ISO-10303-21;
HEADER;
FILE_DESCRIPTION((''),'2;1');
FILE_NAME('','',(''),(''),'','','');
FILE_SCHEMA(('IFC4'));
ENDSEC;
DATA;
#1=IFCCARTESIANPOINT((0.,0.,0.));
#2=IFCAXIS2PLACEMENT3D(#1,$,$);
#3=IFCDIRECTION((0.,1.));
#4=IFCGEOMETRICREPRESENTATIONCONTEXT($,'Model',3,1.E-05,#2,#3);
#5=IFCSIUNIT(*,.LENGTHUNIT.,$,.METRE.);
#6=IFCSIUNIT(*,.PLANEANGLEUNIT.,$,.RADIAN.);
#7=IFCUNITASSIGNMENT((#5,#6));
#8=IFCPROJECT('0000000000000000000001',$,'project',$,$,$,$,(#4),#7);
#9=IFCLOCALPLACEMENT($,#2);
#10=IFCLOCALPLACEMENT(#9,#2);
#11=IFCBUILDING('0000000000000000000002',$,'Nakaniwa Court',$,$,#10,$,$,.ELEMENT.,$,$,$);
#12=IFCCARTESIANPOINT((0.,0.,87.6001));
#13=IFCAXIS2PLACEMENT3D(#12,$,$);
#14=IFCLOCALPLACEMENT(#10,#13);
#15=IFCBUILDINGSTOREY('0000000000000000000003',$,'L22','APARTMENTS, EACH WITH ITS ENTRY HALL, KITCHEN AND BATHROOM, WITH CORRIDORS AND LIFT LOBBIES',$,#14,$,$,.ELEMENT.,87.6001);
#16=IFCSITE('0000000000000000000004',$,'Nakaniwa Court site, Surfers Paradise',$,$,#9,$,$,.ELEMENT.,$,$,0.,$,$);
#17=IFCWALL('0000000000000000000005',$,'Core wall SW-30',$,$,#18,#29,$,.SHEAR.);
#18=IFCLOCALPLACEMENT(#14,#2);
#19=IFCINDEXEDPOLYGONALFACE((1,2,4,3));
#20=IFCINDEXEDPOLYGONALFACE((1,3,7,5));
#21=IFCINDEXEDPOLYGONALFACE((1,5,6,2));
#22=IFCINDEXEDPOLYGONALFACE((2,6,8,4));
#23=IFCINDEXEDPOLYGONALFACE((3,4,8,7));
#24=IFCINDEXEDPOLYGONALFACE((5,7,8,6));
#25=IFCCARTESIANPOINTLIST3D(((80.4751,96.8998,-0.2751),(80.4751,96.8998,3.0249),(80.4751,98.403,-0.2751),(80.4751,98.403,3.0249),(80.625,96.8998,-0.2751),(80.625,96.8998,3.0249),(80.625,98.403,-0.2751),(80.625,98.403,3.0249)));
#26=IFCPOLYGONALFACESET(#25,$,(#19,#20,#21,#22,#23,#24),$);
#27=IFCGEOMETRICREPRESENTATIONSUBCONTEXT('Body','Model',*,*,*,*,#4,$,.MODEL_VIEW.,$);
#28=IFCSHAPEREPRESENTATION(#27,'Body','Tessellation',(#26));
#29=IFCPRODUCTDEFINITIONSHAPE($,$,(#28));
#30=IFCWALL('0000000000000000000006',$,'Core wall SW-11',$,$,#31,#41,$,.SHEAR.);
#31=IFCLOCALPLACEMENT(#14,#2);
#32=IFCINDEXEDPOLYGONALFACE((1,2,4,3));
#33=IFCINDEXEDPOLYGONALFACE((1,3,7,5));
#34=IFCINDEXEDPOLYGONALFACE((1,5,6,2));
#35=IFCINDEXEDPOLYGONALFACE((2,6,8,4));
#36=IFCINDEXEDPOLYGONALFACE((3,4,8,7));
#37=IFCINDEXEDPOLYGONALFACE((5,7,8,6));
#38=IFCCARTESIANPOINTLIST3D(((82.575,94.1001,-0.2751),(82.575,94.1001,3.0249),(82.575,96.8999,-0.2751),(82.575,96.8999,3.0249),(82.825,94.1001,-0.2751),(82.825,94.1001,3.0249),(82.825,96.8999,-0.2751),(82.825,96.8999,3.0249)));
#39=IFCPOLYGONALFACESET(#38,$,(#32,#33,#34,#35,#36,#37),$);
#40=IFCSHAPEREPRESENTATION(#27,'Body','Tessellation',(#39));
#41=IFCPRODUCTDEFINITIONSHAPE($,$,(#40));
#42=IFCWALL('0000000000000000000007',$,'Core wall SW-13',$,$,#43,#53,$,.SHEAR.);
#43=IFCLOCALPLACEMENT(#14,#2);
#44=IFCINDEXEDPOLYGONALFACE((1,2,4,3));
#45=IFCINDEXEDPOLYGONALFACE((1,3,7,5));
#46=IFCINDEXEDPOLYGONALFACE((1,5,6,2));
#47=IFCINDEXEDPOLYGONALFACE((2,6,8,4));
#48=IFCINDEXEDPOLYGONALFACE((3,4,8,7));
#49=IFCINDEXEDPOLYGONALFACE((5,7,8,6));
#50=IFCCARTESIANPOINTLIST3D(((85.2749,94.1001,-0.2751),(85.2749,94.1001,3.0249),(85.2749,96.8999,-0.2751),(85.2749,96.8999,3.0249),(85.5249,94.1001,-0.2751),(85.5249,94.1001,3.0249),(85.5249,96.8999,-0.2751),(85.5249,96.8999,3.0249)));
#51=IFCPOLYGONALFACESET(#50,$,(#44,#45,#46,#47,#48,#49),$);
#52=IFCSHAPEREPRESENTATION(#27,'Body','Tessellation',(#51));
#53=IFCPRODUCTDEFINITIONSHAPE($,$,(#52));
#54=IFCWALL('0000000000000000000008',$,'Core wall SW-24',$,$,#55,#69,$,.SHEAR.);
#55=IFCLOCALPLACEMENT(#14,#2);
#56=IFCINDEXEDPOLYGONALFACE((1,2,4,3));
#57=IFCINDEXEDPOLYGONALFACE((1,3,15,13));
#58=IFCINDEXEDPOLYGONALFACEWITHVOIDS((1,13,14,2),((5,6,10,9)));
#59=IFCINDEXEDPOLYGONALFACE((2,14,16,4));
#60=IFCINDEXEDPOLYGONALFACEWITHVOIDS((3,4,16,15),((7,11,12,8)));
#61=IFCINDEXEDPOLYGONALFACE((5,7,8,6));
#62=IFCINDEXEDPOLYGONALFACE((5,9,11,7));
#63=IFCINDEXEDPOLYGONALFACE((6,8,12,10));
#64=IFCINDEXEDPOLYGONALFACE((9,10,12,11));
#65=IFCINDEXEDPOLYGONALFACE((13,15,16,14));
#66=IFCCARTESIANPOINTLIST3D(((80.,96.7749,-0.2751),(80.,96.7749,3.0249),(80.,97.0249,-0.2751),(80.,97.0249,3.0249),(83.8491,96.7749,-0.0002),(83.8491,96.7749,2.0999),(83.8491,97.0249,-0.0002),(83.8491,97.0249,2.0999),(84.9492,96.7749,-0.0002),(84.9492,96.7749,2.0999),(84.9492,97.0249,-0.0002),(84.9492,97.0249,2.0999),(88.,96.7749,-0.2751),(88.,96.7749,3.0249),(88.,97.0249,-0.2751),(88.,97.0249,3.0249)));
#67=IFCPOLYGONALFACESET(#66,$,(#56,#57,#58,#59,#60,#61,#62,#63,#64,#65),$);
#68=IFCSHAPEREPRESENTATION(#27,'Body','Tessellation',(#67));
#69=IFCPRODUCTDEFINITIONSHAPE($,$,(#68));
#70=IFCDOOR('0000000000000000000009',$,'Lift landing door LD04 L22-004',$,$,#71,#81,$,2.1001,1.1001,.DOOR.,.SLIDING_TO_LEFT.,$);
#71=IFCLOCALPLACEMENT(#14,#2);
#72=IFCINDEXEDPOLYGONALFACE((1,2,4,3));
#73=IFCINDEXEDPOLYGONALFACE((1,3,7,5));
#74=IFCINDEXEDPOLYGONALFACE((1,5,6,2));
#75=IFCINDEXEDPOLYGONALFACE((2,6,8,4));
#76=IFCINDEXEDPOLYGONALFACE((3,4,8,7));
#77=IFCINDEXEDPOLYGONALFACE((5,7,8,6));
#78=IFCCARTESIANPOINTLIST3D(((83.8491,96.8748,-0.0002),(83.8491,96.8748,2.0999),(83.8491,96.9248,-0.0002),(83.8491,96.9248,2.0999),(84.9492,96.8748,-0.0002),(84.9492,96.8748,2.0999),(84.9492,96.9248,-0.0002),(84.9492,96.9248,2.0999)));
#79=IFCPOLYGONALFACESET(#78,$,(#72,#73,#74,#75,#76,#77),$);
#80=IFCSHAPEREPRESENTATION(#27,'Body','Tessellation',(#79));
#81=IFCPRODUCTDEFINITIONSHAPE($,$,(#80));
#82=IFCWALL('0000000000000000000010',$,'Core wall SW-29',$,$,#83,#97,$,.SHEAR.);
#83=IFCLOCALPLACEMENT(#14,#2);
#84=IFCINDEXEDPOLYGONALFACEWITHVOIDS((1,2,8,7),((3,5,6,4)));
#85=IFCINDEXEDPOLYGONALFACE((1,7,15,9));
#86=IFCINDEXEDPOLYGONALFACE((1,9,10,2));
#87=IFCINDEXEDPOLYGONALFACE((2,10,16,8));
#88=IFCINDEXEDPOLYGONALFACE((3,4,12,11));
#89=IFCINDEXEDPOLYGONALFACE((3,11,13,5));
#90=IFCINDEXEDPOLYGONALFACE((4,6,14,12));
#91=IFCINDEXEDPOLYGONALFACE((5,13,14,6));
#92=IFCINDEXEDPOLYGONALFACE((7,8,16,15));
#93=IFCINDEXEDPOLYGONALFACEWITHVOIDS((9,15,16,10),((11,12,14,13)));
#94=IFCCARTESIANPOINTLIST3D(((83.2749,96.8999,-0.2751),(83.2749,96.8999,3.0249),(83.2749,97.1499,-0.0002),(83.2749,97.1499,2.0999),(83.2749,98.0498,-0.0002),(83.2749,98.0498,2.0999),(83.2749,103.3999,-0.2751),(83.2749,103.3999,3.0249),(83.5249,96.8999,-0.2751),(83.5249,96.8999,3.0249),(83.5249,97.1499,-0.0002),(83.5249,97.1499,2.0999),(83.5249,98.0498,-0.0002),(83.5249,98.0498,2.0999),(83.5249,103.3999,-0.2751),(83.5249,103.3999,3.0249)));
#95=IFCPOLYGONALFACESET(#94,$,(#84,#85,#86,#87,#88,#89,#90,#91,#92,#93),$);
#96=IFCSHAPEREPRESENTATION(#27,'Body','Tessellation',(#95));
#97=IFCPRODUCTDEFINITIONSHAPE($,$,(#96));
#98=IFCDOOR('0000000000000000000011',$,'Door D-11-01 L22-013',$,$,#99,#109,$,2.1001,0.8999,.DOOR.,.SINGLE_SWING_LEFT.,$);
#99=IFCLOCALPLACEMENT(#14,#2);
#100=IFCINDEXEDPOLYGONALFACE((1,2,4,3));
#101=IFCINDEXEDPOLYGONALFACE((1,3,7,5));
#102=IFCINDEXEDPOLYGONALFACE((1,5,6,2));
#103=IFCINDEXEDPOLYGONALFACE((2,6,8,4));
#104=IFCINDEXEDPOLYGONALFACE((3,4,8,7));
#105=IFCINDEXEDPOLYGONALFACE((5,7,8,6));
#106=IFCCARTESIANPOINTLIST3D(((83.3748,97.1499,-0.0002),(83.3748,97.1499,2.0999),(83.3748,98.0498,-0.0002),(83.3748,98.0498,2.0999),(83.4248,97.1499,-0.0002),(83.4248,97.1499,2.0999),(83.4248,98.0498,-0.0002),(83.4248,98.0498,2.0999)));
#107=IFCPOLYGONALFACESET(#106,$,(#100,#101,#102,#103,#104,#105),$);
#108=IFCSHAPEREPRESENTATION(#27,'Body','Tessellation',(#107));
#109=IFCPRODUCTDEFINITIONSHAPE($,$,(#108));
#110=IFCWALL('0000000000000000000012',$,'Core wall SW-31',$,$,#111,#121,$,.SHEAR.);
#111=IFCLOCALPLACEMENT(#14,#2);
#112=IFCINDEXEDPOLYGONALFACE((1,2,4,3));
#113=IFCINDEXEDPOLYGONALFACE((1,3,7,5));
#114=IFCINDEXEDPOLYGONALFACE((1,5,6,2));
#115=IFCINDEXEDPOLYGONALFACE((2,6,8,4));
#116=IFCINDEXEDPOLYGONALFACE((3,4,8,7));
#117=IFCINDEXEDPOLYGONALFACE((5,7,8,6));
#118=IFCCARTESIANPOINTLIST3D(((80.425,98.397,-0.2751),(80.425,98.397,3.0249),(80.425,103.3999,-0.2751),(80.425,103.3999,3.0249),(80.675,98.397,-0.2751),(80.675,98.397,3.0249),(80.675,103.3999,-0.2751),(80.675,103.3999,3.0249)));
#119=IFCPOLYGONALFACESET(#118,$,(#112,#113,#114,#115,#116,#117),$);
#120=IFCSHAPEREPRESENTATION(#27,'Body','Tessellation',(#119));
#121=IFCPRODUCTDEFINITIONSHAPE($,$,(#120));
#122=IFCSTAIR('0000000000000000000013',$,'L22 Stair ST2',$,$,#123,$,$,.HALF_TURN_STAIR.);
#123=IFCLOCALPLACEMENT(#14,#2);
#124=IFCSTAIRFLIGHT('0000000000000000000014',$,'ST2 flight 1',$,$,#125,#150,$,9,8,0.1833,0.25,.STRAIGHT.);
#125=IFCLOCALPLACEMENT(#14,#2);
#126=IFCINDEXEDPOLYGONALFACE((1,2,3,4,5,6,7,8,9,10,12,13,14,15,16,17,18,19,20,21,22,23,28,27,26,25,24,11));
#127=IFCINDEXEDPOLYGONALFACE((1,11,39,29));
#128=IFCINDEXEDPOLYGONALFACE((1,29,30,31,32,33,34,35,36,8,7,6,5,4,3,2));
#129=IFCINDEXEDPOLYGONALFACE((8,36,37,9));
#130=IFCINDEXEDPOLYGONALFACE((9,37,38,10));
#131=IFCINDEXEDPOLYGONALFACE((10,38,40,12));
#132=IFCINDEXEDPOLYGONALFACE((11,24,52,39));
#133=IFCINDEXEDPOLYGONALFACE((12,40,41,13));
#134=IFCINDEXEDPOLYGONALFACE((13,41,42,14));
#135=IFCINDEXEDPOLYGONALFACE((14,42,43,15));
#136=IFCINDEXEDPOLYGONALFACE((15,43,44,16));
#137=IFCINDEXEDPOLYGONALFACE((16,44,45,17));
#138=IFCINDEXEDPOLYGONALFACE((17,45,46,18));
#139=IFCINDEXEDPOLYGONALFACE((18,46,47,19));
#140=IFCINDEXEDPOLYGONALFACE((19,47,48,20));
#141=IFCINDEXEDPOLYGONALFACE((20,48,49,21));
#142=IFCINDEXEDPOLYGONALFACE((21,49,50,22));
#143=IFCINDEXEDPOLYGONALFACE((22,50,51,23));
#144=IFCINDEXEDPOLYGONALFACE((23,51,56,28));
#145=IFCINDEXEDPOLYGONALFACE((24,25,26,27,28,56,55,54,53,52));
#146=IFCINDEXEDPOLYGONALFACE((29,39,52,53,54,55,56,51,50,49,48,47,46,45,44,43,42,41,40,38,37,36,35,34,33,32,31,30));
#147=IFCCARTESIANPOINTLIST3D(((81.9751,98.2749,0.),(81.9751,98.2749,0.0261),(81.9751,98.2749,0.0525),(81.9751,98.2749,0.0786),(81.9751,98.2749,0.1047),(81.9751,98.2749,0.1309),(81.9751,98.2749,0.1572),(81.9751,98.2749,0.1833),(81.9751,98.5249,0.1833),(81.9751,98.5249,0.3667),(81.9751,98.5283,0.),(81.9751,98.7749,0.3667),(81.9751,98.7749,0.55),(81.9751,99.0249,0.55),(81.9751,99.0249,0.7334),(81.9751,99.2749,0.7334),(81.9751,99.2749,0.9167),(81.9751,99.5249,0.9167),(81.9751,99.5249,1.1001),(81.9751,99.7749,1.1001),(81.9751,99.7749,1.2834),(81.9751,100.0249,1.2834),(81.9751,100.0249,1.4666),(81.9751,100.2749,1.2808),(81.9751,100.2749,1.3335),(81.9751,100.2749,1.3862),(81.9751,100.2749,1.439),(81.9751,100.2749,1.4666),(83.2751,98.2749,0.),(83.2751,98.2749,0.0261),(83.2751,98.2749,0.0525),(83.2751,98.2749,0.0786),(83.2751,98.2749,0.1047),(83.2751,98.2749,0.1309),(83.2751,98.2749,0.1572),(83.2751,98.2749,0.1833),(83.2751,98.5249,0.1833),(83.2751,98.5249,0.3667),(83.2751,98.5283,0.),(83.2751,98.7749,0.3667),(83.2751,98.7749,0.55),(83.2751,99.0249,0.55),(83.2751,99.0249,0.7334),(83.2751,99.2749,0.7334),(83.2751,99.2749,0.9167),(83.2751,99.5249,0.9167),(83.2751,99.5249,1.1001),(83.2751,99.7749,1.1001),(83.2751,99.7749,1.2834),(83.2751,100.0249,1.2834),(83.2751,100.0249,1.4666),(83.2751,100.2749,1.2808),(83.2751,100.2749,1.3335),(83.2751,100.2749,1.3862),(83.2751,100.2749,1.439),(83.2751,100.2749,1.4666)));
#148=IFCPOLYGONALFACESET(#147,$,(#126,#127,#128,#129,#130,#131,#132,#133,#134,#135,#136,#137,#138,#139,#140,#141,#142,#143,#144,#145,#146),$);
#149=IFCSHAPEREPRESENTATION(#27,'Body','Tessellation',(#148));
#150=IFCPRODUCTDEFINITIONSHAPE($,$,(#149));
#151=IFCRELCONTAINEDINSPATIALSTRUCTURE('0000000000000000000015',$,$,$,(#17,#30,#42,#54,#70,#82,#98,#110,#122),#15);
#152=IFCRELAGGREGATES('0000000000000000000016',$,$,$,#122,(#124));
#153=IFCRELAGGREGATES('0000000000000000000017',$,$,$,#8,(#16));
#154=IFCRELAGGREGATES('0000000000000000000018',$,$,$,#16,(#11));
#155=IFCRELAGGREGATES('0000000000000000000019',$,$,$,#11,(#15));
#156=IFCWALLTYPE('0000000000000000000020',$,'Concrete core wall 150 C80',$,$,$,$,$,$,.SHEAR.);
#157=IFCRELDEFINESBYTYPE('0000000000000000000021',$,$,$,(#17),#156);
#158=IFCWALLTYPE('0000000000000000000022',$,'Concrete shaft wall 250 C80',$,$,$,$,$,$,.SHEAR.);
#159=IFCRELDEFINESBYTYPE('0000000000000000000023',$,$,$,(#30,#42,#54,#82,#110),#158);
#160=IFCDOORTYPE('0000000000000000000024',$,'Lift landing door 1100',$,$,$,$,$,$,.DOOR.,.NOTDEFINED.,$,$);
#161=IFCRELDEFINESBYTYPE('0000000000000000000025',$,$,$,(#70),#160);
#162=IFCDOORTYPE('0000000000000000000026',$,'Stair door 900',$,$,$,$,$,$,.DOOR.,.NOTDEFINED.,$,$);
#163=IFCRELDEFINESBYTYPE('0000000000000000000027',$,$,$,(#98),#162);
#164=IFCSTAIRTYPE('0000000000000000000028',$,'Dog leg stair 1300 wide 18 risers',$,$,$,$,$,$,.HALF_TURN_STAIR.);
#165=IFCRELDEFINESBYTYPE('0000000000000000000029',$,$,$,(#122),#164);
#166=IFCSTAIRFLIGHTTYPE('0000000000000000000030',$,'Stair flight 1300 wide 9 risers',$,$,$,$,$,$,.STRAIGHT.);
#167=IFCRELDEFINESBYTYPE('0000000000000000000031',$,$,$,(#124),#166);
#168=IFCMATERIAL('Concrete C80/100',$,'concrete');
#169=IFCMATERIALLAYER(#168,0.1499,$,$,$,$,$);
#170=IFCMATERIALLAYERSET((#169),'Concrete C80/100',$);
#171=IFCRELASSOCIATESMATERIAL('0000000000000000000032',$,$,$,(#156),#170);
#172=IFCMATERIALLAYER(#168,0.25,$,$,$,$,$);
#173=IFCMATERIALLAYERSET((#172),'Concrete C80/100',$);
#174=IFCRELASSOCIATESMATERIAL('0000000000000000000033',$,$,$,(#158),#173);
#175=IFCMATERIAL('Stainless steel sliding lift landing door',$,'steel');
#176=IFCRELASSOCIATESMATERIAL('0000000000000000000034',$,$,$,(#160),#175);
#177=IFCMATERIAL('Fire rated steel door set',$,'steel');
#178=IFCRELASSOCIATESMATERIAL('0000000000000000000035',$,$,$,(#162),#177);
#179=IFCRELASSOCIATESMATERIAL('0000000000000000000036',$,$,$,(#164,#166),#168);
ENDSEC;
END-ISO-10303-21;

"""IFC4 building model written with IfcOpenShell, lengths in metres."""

from ifc_helpers import new_model, si_unit, direction, frame, frame_2d, origin, place, context, subcontext, project, spatial, polyline, rectangle, outline, extrude, material, layer, layer_set, type_object, element, fill, aggregate, save


model = new_model("IFC4")

# Units and contexts
model_context = context("Model", 3, precision=1e-05, world=origin(), true_north=direction((0.0, 1.0)))
body_context = subcontext(model_context, "Body", "Model", "MODEL_VIEW")
ifc_project = project(units=[si_unit("LENGTHUNIT", "METRE"), si_unit("PLANEANGLEUNIT", "RADIAN")], contexts=[model_context])

# Site, building, storey
site_placement = place(None, origin())
site = spatial("IfcSite", under=ifc_project, at=site_placement, Name="Nakaniwa Court site, Surfers Paradise", CompositionType="ELEMENT", RefElevation=0.0)
building_placement = place(site_placement, origin())
building = spatial("IfcBuilding", under=site, at=building_placement, Name="Nakaniwa Court", CompositionType="ELEMENT")
storey_placement = place(building_placement, frame((0.0, 0.0, 87.6001)))
storey = spatial("IfcBuildingStorey", under=building, at=storey_placement, Name="L22", Description="APARTMENTS, EACH WITH ITS ENTRY HALL, KITCHEN AND BATHROOM, WITH CORRIDORS AND LIFT LOBBIES", CompositionType="ELEMENT", Elevation=87.6001)

# Shared definitions
ifc_material_1 = material(Name="Concrete C80/100", Category="concrete")

# Shared definitions
ifc_material_2 = material(Name="Fire rated steel door set", Category="steel")

# Walls
ifc_layer_1 = layer(ifc_material_1, 0.1499)
ifc_layer_set_1 = layer_set([ifc_layer_1], Name="Concrete C80/100")
wall_type_1 = type_object("IfcWallType", Name="Concrete core wall 150 C80", PredefinedType="SHEAR", material=ifc_layer_set_1)
wall_1_placement = place(storey_placement, frame((80.55, 96.8999, -0.2751), z_axis=(0.0, 0.0, 1.0), x_axis=(0.0, 1.0, 0.0)))
element("IfcWall", 1, at=wall_1_placement, inside=storey, type_object=wall_type_1, Name="Core wall SW-30", PredefinedType="SHEAR", context=body_context, shape_type="SweptSolid", body=[
    extrude(rectangle(XDim=1.5032, YDim=0.1499, at=frame_2d((0.7515, 0.0))), origin(), (0.0, 0.0, 1.0), 3.3),
])
ifc_layer_2 = layer(ifc_material_1, 0.25)
ifc_layer_set_2 = layer_set([ifc_layer_2], Name="Concrete C80/100")
wall_type_2 = type_object("IfcWallType", Name="Concrete shaft wall 250 C80", PredefinedType="SHEAR", material=ifc_layer_set_2)
for number, where, z_axis, x_axis, name in (
    (2, (82.7, 94.1001, -0.2751), (0.0, 0.0, 1.0), (0.0, 1.0, 0.0), "Core wall SW-11"),
    (3, (85.3999, 94.1001, -0.2751), (0.0, 0.0, 1.0), (0.0, 1.0, 0.0), "Core wall SW-13"),
):
    element("IfcWall", number, at=place(storey_placement, frame(where, z_axis=z_axis, x_axis=x_axis)), inside=storey, type_object=wall_type_2, Name=name, PredefinedType="SHEAR", context=body_context, shape_type="SweptSolid", body=[
        extrude(rectangle(XDim=2.7998, YDim=0.25, at=frame_2d((1.3999, 0.0))), origin(), (0.0, 0.0, 1.0), 3.3),
    ])

# Walls, openings, doors
wall_2_placement = place(storey_placement, frame((80.0, 96.8999, -0.2751), z_axis=(0.0, 0.0, 1.0), x_axis=(1.0, 0.0, 0.0)))
wall_2 = element("IfcWall", 4, at=wall_2_placement, inside=storey, type_object=wall_type_2, Name="Core wall SW-24", PredefinedType="SHEAR", context=body_context, shape_type="SweptSolid", body=[
    extrude(rectangle(XDim=8.0, YDim=0.25, at=frame_2d((4.0, 0.0))), origin(), (0.0, 0.0, 1.0), 3.3),
])
opening_1_placement = place(wall_2_placement, frame((3.8491, 0.0, 0.2749)))
opening_1 = element("IfcOpeningElement", 5, at=opening_1_placement, cuts=wall_2, PredefinedType="OPENING", context=body_context, shape_type="SweptSolid", body=[
    extrude(rectangle(XDim=1.1001, YDim=2.1001, at=frame_2d((0.55, 1.05))), frame((0.0, 0.135, 0.0), z_axis=(0.0, -1.0, 0.0), x_axis=(1.0, 0.0, 0.0)), (0.0, 0.0, 1.0), 0.27),
])
ifc_material_3 = material(Name="Stainless steel sliding lift landing door", Category="steel")
door_type_1 = type_object("IfcDoorType", Name="Lift landing door 1100", OperationType="NOTDEFINED", PredefinedType="DOOR", material=ifc_material_3)
door_1_placement = place(opening_1_placement, origin())
door_1 = element("IfcDoor", 6, at=door_1_placement, inside=storey, type_object=door_type_1, Name="Lift landing door LD04 L22-004", OperationType="SLIDING_TO_LEFT", OverallHeight=2.1001, OverallWidth=1.1001, PredefinedType="DOOR", context=body_context, shape_type="SweptSolid", body=[
    extrude(rectangle(XDim=1.1001, YDim=2.1001, at=frame_2d((0.55, 1.05))), frame((0.0, 0.0249, 0.0), z_axis=(0.0, -1.0, 0.0), x_axis=(1.0, 0.0, 0.0)), (0.0, 0.0, 1.0), 0.05),
])
fill(opening_1, door_1)
wall_3_placement = place(storey_placement, frame((83.3999, 103.3999, -0.2751), z_axis=(0.0, 0.0, 1.0), x_axis=(0.0, -1.0, 0.0)))
wall_3 = element("IfcWall", 7, at=wall_3_placement, inside=storey, type_object=wall_type_2, Name="Core wall SW-29", PredefinedType="SHEAR", context=body_context, shape_type="SweptSolid", body=[
    extrude(rectangle(XDim=6.5, YDim=0.25, at=frame_2d((3.25, 0.0))), origin(), (0.0, 0.0, 1.0), 3.3),
])
opening_2_placement = place(wall_3_placement, frame((5.3501, 0.0, 0.2749)))
opening_2 = element("IfcOpeningElement", 8, at=opening_2_placement, cuts=wall_3, PredefinedType="OPENING", context=body_context, shape_type="SweptSolid", body=[
    extrude(rectangle(XDim=0.8999, YDim=2.1001, at=frame_2d((0.45, 1.05))), frame((0.0, 0.135, 0.0), z_axis=(0.0, -1.0, 0.0), x_axis=(1.0, 0.0, 0.0)), (0.0, 0.0, 1.0), 0.27),
])
door_type_2 = type_object("IfcDoorType", Name="Stair door 900", OperationType="NOTDEFINED", PredefinedType="DOOR", material=ifc_material_2)
door_2_placement = place(opening_2_placement, origin())
door_2 = element("IfcDoor", 9, at=door_2_placement, inside=storey, type_object=door_type_2, Name="Door D-11-01 L22-013", OperationType="SINGLE_SWING_LEFT", OverallHeight=2.1001, OverallWidth=0.8999, PredefinedType="DOOR", context=body_context, shape_type="SweptSolid", body=[
    extrude(rectangle(XDim=0.8999, YDim=2.1001, at=frame_2d((0.45, 1.05))), frame((0.0, 0.0249, 0.0), z_axis=(0.0, -1.0, 0.0), x_axis=(1.0, 0.0, 0.0)), (0.0, 0.0, 1.0), 0.05),
])
fill(opening_2, door_2)

# Wall
wall_4_placement = place(storey_placement, frame((80.55, 98.397, -0.2751), z_axis=(0.0, 0.0, 1.0), x_axis=(0.0, 1.0, 0.0)))
element("IfcWall", 10, at=wall_4_placement, inside=storey, type_object=wall_type_2, Name="Core wall SW-31", PredefinedType="SHEAR", context=body_context, shape_type="SweptSolid", body=[
    extrude(rectangle(XDim=5.0029, YDim=0.25, at=frame_2d((2.5015, 0.0))), origin(), (0.0, 0.0, 1.0), 3.3),
])

# Stair, stair flight
stair_type = type_object("IfcStairType", Name="Dog leg stair 1300 wide 18 risers", PredefinedType="HALF_TURN_STAIR", material=ifc_material_1)
stair_placement = place(storey_placement, origin())
stair = element("IfcStair", 11, at=stair_placement, inside=storey, type_object=stair_type, Name="L22 Stair ST2", PredefinedType="HALF_TURN_STAIR")
stair_flight_type = type_object("IfcStairFlightType", Name="Stair flight 1300 wide 9 risers", PredefinedType="STRAIGHT", material=ifc_material_1)
stair_flight_1_placement = place(storey_placement, frame((82.625, 98.2749, 0.0), z_axis=(0.0, 0.0, 1.0), x_axis=(0.0, 1.0, 0.0)))
stair_flight_1 = element("IfcStairFlight", 12, at=stair_flight_1_placement, type_object=stair_flight_type, Name="ST2 flight 1", NumberOfRisers=9, NumberOfTreads=8, PredefinedType="STRAIGHT", RiserHeight=0.1833, TreadLength=0.25, context=body_context, shape_type="SweptSolid", body=[
    extrude(outline(polyline([(0.0, 0.0), (0.0, 0.0261), (0.0, 0.0525), (0.0, 0.0786), (0.0, 0.1047), (0.0, 0.1309), (0.0, 0.1572), (0.0, 0.1833), (0.25, 0.1833), (0.25, 0.3667), (0.5, 0.3667), (0.5, 0.55), (0.75, 0.55), (0.75, 0.7334), (1.0, 0.7334), (1.0, 0.9167), (1.25, 0.9167), (1.25, 1.1001), (1.5, 1.1001), (1.5, 1.2834), (1.75, 1.2834), (1.75, 1.4666), (2.0, 1.4666), (2.0, 1.6499), (2.0, 1.5972), (2.0, 1.5444), (2.0, 1.4917), (2.0, 1.439), (2.0, 1.3862), (2.0, 1.3335), (2.0, 1.2808), (0.2534, 0.0), (0.0, 0.0)])), frame((0.0, 0.6499, 0.0), z_axis=(0.0, -1.0, 0.0), x_axis=(1.0, 0.0, 0.0)), (0.0, 0.0, 1.0), 1.3),
])
aggregate(stair, [stair_flight_1])

save(model, "model.ifc")
